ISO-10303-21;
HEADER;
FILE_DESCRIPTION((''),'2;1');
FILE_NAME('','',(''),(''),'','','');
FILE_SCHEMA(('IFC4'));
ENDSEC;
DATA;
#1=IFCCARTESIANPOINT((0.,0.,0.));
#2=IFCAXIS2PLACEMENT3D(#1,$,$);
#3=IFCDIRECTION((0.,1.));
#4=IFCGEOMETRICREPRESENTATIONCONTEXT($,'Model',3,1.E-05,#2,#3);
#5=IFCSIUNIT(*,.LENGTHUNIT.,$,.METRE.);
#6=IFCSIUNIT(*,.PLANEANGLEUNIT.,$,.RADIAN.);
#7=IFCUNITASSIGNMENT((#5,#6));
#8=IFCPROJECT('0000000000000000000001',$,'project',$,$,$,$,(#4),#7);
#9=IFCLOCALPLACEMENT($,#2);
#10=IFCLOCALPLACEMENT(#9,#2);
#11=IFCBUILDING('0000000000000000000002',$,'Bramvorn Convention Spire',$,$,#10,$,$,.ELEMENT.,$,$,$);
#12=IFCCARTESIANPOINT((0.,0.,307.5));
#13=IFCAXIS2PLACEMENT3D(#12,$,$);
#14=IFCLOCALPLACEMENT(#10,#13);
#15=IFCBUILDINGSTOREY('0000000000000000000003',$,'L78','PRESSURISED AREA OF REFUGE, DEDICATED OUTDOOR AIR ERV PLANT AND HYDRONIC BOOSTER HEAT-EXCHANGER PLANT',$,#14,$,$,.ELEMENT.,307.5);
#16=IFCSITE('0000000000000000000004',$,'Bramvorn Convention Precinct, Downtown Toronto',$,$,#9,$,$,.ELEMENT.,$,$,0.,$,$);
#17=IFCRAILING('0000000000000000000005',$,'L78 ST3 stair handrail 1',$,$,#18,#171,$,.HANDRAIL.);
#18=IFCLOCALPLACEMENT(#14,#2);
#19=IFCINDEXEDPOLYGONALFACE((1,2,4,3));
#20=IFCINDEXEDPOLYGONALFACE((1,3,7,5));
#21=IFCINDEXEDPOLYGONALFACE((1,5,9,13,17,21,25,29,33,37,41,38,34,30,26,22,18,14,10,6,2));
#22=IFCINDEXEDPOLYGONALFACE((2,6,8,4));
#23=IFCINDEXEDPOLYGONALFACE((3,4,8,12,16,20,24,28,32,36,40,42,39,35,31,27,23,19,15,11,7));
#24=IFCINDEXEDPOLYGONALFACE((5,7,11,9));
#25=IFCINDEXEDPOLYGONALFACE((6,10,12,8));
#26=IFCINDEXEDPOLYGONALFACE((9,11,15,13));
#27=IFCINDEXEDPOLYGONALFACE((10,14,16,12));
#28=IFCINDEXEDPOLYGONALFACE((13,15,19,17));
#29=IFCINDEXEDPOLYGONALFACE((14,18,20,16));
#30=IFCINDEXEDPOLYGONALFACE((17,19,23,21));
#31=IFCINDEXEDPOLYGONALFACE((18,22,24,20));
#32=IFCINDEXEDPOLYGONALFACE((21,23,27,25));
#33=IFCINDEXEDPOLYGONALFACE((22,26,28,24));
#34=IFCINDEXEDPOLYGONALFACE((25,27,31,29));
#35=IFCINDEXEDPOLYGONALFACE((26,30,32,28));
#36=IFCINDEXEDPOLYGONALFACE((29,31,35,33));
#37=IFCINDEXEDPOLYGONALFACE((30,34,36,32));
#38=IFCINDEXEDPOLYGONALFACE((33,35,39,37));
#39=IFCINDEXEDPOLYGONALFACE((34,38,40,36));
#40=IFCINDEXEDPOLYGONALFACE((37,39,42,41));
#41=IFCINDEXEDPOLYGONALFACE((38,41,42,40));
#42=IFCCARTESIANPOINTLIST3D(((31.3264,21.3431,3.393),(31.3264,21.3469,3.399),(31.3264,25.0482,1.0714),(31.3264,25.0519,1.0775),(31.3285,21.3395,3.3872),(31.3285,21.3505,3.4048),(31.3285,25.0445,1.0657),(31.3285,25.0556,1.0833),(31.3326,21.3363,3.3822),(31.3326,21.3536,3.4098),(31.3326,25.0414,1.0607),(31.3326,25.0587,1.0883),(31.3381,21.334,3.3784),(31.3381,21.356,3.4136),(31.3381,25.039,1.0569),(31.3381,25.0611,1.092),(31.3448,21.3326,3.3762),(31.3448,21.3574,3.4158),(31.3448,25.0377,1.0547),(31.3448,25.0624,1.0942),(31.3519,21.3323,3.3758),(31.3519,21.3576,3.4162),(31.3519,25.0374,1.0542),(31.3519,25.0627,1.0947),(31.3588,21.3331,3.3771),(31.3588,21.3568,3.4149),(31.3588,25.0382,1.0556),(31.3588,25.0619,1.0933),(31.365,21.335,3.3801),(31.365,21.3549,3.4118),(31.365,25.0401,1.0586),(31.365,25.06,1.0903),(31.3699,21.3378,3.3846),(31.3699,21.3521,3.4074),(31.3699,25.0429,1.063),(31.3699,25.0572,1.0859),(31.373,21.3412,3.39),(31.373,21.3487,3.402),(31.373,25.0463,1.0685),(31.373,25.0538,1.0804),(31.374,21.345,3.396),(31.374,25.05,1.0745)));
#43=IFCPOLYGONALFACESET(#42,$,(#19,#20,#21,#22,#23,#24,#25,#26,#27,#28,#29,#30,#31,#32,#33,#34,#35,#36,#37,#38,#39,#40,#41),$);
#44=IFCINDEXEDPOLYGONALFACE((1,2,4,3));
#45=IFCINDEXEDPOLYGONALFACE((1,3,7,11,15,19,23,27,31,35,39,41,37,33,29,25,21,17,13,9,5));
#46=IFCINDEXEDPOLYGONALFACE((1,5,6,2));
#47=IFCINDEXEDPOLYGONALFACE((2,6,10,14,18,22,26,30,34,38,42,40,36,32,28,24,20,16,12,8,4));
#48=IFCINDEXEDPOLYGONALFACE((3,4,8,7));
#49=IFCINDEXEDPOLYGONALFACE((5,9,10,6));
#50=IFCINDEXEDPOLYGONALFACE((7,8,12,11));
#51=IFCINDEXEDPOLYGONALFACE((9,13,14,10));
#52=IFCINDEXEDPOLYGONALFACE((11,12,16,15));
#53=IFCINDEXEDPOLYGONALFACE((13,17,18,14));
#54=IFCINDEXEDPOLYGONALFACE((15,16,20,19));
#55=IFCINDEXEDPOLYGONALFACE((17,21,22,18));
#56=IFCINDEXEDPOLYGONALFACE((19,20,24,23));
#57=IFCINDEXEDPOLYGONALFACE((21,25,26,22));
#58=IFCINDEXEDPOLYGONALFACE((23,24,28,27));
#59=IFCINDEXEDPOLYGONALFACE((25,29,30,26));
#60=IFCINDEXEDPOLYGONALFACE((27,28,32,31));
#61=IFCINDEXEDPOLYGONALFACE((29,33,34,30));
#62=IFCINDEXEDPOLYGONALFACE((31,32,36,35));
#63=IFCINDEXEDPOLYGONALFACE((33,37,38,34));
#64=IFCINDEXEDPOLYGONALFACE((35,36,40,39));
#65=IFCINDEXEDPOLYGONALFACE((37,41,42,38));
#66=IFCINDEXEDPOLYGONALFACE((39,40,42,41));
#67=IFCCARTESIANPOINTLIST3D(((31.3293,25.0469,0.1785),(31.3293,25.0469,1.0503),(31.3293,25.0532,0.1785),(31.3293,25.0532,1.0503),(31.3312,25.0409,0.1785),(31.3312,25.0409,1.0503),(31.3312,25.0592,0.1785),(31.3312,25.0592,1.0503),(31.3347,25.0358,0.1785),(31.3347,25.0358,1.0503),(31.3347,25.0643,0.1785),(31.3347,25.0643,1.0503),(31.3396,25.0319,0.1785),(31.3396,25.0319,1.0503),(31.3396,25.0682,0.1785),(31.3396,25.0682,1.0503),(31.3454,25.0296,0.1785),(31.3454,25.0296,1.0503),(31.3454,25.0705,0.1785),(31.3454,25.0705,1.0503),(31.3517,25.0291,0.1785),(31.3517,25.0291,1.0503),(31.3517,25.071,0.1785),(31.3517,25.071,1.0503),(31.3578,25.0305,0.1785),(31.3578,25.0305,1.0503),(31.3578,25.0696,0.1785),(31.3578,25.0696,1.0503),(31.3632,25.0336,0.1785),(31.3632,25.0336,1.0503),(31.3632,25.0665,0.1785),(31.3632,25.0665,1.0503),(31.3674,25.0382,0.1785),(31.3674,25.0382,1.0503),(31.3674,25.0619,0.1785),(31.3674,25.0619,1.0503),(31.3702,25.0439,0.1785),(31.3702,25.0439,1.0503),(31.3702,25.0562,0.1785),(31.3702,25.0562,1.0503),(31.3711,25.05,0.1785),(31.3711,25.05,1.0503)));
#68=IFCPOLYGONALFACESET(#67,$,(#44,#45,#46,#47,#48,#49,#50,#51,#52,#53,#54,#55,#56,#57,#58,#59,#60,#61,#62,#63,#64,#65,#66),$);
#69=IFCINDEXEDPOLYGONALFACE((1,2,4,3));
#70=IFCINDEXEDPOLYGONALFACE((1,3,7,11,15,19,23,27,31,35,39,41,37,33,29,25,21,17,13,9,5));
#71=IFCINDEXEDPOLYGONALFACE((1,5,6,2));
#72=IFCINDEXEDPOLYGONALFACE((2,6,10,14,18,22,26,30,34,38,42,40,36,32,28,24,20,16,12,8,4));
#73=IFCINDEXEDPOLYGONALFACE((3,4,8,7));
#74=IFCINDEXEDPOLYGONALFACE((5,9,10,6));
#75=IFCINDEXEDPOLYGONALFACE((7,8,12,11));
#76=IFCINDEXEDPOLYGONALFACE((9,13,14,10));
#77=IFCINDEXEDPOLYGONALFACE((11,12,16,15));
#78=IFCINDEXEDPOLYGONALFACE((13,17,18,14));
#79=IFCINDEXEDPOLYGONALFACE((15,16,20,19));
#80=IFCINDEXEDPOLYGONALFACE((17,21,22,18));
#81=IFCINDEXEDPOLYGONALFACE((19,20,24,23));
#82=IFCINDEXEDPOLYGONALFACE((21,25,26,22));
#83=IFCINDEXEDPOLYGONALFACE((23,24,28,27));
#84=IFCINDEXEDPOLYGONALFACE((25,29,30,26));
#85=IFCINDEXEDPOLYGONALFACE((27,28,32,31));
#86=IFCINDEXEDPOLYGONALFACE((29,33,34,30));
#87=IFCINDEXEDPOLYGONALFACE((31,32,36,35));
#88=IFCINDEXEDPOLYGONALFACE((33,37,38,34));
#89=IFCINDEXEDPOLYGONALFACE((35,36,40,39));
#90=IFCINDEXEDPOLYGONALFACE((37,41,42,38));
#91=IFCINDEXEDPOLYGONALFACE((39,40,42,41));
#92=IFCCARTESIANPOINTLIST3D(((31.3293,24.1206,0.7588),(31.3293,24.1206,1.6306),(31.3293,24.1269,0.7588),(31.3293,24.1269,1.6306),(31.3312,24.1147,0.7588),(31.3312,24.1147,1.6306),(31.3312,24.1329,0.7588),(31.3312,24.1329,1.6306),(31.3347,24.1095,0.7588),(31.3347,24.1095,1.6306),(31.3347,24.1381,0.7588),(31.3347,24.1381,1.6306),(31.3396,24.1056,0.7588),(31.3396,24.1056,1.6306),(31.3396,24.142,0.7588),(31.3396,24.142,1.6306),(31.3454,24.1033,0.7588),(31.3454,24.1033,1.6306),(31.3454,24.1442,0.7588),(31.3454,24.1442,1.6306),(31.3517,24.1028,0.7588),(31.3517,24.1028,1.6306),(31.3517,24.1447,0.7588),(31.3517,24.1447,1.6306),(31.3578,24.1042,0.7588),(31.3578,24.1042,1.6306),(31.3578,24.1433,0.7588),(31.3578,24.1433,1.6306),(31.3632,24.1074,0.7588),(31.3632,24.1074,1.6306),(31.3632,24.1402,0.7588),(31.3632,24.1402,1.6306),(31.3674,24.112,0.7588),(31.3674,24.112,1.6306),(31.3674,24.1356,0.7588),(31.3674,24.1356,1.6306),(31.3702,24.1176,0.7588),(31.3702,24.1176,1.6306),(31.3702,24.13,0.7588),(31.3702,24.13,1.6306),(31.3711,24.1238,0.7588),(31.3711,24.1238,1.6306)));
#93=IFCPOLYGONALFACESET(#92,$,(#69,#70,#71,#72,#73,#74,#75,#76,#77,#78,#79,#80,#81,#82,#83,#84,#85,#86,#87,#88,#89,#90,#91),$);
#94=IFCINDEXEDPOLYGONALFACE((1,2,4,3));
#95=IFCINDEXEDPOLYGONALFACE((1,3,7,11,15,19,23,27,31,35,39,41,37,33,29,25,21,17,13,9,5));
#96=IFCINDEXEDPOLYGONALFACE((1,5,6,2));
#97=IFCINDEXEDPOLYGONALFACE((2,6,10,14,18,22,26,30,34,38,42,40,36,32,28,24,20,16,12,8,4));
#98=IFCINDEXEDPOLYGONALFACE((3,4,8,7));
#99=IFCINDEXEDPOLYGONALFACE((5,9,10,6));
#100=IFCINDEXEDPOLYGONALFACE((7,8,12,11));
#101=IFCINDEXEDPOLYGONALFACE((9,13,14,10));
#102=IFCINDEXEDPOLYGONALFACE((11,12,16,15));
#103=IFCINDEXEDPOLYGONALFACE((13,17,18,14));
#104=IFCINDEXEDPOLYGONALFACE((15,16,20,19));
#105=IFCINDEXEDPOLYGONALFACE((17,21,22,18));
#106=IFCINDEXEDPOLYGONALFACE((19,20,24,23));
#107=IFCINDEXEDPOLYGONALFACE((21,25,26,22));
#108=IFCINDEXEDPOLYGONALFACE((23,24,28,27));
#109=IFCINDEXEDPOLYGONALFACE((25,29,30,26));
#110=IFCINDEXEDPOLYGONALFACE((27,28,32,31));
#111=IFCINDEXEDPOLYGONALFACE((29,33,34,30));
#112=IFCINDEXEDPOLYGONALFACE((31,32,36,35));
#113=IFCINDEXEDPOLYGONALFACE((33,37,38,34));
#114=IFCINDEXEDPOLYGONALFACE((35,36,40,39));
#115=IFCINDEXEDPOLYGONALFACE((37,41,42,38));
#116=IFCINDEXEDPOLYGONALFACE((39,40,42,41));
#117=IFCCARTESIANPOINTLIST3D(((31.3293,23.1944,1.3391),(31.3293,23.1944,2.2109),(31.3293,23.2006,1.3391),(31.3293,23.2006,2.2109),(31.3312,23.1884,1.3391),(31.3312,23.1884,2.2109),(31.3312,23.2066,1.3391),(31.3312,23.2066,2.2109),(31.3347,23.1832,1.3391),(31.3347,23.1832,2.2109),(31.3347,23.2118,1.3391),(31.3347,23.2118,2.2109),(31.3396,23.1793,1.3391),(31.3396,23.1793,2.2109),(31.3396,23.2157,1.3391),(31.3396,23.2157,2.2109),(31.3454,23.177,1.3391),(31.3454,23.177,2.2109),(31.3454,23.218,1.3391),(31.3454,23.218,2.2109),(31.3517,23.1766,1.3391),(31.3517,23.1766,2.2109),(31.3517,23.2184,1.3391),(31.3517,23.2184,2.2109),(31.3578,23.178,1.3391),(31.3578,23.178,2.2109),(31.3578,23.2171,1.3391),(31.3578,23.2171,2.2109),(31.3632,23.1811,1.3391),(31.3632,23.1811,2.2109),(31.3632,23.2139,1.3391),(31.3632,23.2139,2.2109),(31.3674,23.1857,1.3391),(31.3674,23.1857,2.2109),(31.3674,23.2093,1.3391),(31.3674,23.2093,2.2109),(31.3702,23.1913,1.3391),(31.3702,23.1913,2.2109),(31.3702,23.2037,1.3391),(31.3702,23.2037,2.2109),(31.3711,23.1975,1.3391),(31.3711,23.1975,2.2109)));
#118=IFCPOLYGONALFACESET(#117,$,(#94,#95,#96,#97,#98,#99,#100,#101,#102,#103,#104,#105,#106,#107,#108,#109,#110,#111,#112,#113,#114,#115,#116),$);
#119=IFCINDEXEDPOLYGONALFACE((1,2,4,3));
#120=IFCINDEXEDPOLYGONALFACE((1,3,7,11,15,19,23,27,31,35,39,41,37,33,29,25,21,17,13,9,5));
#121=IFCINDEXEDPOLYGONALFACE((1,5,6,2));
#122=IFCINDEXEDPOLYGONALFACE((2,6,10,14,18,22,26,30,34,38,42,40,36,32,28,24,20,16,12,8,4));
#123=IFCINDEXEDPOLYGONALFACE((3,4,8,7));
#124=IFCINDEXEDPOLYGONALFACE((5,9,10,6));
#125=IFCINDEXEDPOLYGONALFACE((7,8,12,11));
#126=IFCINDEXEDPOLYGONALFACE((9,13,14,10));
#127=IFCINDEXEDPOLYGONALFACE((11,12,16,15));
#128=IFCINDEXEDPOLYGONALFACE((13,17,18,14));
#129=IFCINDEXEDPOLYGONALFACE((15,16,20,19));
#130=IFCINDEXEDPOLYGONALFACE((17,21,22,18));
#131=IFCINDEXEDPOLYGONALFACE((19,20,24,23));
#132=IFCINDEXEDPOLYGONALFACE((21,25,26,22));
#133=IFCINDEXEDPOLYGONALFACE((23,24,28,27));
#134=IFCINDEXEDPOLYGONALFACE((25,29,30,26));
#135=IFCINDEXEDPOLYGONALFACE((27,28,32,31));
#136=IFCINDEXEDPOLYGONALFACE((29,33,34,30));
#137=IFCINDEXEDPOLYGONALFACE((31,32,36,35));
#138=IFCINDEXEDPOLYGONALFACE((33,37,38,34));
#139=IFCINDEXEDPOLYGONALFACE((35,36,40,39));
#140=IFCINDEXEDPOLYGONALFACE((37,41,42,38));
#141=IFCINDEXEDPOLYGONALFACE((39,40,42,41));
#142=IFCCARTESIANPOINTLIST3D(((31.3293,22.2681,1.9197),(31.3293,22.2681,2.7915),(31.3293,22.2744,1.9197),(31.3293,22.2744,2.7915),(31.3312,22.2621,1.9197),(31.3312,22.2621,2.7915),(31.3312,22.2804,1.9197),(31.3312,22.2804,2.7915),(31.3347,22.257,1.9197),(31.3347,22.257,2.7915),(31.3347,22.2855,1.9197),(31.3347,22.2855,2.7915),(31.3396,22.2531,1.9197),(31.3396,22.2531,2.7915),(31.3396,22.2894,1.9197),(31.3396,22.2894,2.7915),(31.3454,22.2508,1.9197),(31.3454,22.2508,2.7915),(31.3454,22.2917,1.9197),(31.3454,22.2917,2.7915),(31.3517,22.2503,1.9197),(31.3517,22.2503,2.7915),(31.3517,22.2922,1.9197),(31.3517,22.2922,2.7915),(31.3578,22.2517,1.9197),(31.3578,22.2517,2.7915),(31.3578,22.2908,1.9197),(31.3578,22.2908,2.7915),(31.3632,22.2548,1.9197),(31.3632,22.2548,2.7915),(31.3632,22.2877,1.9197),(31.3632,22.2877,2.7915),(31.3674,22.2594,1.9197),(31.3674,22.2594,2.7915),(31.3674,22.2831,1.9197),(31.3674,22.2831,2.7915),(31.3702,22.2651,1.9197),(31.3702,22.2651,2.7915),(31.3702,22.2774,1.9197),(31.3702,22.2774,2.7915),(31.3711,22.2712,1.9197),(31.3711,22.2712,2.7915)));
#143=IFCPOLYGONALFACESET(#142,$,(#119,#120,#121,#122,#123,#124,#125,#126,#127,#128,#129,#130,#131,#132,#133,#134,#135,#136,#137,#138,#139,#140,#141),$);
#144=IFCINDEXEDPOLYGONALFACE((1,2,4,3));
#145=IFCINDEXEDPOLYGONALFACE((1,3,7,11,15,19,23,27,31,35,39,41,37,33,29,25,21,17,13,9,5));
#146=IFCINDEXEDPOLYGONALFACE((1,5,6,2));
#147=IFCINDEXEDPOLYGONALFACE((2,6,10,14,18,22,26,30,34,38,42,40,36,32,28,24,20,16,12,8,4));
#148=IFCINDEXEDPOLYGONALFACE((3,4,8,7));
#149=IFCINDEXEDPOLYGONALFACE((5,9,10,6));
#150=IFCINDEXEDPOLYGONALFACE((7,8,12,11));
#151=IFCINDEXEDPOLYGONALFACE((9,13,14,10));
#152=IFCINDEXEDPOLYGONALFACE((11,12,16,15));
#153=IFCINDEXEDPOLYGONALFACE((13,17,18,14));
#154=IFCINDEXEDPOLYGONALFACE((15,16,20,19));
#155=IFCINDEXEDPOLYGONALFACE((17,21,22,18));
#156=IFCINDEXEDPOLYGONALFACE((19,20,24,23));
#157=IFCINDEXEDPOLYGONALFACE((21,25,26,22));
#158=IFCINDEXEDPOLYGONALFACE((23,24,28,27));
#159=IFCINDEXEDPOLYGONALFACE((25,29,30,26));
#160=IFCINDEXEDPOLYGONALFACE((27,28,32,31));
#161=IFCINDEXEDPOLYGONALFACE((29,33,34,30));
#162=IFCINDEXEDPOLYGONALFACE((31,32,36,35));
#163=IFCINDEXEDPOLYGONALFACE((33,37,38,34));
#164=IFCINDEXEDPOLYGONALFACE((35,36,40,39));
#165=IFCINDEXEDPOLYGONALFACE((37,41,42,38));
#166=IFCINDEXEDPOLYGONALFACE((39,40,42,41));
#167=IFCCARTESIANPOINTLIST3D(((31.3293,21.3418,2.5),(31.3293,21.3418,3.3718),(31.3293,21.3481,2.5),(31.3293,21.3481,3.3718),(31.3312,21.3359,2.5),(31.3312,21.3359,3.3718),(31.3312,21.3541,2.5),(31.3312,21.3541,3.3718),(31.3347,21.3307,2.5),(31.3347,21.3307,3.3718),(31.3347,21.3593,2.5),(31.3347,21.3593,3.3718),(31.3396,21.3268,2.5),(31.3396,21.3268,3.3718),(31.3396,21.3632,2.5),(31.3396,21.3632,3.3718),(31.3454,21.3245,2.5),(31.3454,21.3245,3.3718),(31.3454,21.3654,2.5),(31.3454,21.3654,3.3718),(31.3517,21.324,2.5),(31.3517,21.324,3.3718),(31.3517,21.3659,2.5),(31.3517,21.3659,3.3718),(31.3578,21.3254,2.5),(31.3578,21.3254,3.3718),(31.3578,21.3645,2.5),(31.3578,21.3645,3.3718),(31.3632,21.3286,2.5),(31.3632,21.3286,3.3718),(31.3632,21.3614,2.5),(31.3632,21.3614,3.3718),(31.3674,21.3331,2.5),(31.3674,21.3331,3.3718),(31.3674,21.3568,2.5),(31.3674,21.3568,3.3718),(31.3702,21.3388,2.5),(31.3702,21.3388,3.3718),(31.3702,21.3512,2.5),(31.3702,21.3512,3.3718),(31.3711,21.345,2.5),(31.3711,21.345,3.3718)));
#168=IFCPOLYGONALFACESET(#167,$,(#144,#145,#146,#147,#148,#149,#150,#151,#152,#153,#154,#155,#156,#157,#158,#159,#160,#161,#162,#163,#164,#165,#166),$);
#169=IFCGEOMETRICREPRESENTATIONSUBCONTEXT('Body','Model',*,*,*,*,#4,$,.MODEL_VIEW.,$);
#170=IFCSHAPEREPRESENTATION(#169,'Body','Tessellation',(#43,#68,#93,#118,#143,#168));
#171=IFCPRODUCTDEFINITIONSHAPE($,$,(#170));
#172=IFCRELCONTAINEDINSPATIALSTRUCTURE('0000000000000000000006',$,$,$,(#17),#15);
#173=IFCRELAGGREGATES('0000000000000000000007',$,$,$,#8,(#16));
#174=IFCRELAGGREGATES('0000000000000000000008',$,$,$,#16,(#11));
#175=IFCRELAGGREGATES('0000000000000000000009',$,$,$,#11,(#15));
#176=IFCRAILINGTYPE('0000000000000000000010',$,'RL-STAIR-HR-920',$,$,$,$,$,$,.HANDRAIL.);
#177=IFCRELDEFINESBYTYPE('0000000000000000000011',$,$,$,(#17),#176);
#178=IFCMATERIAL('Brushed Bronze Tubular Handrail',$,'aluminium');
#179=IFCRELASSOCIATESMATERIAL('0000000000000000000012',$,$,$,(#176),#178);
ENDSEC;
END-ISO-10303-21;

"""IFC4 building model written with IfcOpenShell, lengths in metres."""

from ifc_helpers import new_model, si_unit, direction, frame, origin, origin_2d, place, context, subcontext, project, spatial, circle, extrude, material, type_object, element, save


model = new_model("IFC4")

# Units and contexts
model_context = context("Model", 3, precision=1e-05, world=origin(), true_north=direction((0.0, 1.0)))
body_context = subcontext(model_context, "Body", "Model", "MODEL_VIEW")
ifc_project = project(units=[si_unit("LENGTHUNIT", "METRE"), si_unit("PLANEANGLEUNIT", "RADIAN")], contexts=[model_context])

# Site, building, storey
site_placement = place(None, origin())
site = spatial("IfcSite", under=ifc_project, at=site_placement, Name="Bramvorn Convention Precinct, Downtown Toronto", CompositionType="ELEMENT", RefElevation=0.0)
building_placement = place(site_placement, origin())
building = spatial("IfcBuilding", under=site, at=building_placement, Name="Bramvorn Convention Spire", CompositionType="ELEMENT")
storey_placement = place(building_placement, frame((0.0, 0.0, 307.5)))
storey = spatial("IfcBuildingStorey", under=building, at=storey_placement, Name="L78", Description="PRESSURISED AREA OF REFUGE, DEDICATED OUTDOOR AIR ERV PLANT AND HYDRONIC BOOSTER HEAT-EXCHANGER PLANT", CompositionType="ELEMENT", Elevation=307.5)

# Railing
ifc_material_1 = material(Name="Brushed Bronze Tubular Handrail", Category="aluminium")
railing_type_1 = type_object("IfcRailingType", Name="RL-STAIR-HR-920", PredefinedType="HANDRAIL", material=ifc_material_1)
railing_1_placement = place(storey_placement, frame((31.3501, 25.05, 0.1785)))
element("IfcRailing", 1, at=railing_1_placement, inside=storey, type_object=railing_type_1, Name="L78 ST3 stair handrail 1", PredefinedType="HANDRAIL", context=body_context, shape_type="SweptSolid", body=[
    extrude(circle(Radius=0.0239, at=origin_2d()), frame((0.0, 0.0, 0.896), z_axis=(0.0, -0.847395, 0.530962), x_axis=(1.0, 0.0, 0.0)), (0.0, 0.0, 1.0), 4.3723),
    extrude(circle(Radius=0.021, at=origin_2d()), origin(), (0.0, 0.0, 1.0), 0.8718),
    extrude(circle(Radius=0.021, at=origin_2d()), frame((0.0, -0.9263, 0.5803)), (0.0, 0.0, 1.0), 0.8718),
    extrude(circle(Radius=0.021, at=origin_2d()), frame((0.0, -1.8525, 1.1606)), (0.0, 0.0, 1.0), 0.8718),
    extrude(circle(Radius=0.021, at=origin_2d()), frame((0.0, -2.7788, 1.7412)), (0.0, 0.0, 1.0), 0.8718),
    extrude(circle(Radius=0.021, at=origin_2d()), frame((0.0, -3.7051, 2.3215)), (0.0, 0.0, 1.0), 0.8718),
])

save(model, "model.ifc")
